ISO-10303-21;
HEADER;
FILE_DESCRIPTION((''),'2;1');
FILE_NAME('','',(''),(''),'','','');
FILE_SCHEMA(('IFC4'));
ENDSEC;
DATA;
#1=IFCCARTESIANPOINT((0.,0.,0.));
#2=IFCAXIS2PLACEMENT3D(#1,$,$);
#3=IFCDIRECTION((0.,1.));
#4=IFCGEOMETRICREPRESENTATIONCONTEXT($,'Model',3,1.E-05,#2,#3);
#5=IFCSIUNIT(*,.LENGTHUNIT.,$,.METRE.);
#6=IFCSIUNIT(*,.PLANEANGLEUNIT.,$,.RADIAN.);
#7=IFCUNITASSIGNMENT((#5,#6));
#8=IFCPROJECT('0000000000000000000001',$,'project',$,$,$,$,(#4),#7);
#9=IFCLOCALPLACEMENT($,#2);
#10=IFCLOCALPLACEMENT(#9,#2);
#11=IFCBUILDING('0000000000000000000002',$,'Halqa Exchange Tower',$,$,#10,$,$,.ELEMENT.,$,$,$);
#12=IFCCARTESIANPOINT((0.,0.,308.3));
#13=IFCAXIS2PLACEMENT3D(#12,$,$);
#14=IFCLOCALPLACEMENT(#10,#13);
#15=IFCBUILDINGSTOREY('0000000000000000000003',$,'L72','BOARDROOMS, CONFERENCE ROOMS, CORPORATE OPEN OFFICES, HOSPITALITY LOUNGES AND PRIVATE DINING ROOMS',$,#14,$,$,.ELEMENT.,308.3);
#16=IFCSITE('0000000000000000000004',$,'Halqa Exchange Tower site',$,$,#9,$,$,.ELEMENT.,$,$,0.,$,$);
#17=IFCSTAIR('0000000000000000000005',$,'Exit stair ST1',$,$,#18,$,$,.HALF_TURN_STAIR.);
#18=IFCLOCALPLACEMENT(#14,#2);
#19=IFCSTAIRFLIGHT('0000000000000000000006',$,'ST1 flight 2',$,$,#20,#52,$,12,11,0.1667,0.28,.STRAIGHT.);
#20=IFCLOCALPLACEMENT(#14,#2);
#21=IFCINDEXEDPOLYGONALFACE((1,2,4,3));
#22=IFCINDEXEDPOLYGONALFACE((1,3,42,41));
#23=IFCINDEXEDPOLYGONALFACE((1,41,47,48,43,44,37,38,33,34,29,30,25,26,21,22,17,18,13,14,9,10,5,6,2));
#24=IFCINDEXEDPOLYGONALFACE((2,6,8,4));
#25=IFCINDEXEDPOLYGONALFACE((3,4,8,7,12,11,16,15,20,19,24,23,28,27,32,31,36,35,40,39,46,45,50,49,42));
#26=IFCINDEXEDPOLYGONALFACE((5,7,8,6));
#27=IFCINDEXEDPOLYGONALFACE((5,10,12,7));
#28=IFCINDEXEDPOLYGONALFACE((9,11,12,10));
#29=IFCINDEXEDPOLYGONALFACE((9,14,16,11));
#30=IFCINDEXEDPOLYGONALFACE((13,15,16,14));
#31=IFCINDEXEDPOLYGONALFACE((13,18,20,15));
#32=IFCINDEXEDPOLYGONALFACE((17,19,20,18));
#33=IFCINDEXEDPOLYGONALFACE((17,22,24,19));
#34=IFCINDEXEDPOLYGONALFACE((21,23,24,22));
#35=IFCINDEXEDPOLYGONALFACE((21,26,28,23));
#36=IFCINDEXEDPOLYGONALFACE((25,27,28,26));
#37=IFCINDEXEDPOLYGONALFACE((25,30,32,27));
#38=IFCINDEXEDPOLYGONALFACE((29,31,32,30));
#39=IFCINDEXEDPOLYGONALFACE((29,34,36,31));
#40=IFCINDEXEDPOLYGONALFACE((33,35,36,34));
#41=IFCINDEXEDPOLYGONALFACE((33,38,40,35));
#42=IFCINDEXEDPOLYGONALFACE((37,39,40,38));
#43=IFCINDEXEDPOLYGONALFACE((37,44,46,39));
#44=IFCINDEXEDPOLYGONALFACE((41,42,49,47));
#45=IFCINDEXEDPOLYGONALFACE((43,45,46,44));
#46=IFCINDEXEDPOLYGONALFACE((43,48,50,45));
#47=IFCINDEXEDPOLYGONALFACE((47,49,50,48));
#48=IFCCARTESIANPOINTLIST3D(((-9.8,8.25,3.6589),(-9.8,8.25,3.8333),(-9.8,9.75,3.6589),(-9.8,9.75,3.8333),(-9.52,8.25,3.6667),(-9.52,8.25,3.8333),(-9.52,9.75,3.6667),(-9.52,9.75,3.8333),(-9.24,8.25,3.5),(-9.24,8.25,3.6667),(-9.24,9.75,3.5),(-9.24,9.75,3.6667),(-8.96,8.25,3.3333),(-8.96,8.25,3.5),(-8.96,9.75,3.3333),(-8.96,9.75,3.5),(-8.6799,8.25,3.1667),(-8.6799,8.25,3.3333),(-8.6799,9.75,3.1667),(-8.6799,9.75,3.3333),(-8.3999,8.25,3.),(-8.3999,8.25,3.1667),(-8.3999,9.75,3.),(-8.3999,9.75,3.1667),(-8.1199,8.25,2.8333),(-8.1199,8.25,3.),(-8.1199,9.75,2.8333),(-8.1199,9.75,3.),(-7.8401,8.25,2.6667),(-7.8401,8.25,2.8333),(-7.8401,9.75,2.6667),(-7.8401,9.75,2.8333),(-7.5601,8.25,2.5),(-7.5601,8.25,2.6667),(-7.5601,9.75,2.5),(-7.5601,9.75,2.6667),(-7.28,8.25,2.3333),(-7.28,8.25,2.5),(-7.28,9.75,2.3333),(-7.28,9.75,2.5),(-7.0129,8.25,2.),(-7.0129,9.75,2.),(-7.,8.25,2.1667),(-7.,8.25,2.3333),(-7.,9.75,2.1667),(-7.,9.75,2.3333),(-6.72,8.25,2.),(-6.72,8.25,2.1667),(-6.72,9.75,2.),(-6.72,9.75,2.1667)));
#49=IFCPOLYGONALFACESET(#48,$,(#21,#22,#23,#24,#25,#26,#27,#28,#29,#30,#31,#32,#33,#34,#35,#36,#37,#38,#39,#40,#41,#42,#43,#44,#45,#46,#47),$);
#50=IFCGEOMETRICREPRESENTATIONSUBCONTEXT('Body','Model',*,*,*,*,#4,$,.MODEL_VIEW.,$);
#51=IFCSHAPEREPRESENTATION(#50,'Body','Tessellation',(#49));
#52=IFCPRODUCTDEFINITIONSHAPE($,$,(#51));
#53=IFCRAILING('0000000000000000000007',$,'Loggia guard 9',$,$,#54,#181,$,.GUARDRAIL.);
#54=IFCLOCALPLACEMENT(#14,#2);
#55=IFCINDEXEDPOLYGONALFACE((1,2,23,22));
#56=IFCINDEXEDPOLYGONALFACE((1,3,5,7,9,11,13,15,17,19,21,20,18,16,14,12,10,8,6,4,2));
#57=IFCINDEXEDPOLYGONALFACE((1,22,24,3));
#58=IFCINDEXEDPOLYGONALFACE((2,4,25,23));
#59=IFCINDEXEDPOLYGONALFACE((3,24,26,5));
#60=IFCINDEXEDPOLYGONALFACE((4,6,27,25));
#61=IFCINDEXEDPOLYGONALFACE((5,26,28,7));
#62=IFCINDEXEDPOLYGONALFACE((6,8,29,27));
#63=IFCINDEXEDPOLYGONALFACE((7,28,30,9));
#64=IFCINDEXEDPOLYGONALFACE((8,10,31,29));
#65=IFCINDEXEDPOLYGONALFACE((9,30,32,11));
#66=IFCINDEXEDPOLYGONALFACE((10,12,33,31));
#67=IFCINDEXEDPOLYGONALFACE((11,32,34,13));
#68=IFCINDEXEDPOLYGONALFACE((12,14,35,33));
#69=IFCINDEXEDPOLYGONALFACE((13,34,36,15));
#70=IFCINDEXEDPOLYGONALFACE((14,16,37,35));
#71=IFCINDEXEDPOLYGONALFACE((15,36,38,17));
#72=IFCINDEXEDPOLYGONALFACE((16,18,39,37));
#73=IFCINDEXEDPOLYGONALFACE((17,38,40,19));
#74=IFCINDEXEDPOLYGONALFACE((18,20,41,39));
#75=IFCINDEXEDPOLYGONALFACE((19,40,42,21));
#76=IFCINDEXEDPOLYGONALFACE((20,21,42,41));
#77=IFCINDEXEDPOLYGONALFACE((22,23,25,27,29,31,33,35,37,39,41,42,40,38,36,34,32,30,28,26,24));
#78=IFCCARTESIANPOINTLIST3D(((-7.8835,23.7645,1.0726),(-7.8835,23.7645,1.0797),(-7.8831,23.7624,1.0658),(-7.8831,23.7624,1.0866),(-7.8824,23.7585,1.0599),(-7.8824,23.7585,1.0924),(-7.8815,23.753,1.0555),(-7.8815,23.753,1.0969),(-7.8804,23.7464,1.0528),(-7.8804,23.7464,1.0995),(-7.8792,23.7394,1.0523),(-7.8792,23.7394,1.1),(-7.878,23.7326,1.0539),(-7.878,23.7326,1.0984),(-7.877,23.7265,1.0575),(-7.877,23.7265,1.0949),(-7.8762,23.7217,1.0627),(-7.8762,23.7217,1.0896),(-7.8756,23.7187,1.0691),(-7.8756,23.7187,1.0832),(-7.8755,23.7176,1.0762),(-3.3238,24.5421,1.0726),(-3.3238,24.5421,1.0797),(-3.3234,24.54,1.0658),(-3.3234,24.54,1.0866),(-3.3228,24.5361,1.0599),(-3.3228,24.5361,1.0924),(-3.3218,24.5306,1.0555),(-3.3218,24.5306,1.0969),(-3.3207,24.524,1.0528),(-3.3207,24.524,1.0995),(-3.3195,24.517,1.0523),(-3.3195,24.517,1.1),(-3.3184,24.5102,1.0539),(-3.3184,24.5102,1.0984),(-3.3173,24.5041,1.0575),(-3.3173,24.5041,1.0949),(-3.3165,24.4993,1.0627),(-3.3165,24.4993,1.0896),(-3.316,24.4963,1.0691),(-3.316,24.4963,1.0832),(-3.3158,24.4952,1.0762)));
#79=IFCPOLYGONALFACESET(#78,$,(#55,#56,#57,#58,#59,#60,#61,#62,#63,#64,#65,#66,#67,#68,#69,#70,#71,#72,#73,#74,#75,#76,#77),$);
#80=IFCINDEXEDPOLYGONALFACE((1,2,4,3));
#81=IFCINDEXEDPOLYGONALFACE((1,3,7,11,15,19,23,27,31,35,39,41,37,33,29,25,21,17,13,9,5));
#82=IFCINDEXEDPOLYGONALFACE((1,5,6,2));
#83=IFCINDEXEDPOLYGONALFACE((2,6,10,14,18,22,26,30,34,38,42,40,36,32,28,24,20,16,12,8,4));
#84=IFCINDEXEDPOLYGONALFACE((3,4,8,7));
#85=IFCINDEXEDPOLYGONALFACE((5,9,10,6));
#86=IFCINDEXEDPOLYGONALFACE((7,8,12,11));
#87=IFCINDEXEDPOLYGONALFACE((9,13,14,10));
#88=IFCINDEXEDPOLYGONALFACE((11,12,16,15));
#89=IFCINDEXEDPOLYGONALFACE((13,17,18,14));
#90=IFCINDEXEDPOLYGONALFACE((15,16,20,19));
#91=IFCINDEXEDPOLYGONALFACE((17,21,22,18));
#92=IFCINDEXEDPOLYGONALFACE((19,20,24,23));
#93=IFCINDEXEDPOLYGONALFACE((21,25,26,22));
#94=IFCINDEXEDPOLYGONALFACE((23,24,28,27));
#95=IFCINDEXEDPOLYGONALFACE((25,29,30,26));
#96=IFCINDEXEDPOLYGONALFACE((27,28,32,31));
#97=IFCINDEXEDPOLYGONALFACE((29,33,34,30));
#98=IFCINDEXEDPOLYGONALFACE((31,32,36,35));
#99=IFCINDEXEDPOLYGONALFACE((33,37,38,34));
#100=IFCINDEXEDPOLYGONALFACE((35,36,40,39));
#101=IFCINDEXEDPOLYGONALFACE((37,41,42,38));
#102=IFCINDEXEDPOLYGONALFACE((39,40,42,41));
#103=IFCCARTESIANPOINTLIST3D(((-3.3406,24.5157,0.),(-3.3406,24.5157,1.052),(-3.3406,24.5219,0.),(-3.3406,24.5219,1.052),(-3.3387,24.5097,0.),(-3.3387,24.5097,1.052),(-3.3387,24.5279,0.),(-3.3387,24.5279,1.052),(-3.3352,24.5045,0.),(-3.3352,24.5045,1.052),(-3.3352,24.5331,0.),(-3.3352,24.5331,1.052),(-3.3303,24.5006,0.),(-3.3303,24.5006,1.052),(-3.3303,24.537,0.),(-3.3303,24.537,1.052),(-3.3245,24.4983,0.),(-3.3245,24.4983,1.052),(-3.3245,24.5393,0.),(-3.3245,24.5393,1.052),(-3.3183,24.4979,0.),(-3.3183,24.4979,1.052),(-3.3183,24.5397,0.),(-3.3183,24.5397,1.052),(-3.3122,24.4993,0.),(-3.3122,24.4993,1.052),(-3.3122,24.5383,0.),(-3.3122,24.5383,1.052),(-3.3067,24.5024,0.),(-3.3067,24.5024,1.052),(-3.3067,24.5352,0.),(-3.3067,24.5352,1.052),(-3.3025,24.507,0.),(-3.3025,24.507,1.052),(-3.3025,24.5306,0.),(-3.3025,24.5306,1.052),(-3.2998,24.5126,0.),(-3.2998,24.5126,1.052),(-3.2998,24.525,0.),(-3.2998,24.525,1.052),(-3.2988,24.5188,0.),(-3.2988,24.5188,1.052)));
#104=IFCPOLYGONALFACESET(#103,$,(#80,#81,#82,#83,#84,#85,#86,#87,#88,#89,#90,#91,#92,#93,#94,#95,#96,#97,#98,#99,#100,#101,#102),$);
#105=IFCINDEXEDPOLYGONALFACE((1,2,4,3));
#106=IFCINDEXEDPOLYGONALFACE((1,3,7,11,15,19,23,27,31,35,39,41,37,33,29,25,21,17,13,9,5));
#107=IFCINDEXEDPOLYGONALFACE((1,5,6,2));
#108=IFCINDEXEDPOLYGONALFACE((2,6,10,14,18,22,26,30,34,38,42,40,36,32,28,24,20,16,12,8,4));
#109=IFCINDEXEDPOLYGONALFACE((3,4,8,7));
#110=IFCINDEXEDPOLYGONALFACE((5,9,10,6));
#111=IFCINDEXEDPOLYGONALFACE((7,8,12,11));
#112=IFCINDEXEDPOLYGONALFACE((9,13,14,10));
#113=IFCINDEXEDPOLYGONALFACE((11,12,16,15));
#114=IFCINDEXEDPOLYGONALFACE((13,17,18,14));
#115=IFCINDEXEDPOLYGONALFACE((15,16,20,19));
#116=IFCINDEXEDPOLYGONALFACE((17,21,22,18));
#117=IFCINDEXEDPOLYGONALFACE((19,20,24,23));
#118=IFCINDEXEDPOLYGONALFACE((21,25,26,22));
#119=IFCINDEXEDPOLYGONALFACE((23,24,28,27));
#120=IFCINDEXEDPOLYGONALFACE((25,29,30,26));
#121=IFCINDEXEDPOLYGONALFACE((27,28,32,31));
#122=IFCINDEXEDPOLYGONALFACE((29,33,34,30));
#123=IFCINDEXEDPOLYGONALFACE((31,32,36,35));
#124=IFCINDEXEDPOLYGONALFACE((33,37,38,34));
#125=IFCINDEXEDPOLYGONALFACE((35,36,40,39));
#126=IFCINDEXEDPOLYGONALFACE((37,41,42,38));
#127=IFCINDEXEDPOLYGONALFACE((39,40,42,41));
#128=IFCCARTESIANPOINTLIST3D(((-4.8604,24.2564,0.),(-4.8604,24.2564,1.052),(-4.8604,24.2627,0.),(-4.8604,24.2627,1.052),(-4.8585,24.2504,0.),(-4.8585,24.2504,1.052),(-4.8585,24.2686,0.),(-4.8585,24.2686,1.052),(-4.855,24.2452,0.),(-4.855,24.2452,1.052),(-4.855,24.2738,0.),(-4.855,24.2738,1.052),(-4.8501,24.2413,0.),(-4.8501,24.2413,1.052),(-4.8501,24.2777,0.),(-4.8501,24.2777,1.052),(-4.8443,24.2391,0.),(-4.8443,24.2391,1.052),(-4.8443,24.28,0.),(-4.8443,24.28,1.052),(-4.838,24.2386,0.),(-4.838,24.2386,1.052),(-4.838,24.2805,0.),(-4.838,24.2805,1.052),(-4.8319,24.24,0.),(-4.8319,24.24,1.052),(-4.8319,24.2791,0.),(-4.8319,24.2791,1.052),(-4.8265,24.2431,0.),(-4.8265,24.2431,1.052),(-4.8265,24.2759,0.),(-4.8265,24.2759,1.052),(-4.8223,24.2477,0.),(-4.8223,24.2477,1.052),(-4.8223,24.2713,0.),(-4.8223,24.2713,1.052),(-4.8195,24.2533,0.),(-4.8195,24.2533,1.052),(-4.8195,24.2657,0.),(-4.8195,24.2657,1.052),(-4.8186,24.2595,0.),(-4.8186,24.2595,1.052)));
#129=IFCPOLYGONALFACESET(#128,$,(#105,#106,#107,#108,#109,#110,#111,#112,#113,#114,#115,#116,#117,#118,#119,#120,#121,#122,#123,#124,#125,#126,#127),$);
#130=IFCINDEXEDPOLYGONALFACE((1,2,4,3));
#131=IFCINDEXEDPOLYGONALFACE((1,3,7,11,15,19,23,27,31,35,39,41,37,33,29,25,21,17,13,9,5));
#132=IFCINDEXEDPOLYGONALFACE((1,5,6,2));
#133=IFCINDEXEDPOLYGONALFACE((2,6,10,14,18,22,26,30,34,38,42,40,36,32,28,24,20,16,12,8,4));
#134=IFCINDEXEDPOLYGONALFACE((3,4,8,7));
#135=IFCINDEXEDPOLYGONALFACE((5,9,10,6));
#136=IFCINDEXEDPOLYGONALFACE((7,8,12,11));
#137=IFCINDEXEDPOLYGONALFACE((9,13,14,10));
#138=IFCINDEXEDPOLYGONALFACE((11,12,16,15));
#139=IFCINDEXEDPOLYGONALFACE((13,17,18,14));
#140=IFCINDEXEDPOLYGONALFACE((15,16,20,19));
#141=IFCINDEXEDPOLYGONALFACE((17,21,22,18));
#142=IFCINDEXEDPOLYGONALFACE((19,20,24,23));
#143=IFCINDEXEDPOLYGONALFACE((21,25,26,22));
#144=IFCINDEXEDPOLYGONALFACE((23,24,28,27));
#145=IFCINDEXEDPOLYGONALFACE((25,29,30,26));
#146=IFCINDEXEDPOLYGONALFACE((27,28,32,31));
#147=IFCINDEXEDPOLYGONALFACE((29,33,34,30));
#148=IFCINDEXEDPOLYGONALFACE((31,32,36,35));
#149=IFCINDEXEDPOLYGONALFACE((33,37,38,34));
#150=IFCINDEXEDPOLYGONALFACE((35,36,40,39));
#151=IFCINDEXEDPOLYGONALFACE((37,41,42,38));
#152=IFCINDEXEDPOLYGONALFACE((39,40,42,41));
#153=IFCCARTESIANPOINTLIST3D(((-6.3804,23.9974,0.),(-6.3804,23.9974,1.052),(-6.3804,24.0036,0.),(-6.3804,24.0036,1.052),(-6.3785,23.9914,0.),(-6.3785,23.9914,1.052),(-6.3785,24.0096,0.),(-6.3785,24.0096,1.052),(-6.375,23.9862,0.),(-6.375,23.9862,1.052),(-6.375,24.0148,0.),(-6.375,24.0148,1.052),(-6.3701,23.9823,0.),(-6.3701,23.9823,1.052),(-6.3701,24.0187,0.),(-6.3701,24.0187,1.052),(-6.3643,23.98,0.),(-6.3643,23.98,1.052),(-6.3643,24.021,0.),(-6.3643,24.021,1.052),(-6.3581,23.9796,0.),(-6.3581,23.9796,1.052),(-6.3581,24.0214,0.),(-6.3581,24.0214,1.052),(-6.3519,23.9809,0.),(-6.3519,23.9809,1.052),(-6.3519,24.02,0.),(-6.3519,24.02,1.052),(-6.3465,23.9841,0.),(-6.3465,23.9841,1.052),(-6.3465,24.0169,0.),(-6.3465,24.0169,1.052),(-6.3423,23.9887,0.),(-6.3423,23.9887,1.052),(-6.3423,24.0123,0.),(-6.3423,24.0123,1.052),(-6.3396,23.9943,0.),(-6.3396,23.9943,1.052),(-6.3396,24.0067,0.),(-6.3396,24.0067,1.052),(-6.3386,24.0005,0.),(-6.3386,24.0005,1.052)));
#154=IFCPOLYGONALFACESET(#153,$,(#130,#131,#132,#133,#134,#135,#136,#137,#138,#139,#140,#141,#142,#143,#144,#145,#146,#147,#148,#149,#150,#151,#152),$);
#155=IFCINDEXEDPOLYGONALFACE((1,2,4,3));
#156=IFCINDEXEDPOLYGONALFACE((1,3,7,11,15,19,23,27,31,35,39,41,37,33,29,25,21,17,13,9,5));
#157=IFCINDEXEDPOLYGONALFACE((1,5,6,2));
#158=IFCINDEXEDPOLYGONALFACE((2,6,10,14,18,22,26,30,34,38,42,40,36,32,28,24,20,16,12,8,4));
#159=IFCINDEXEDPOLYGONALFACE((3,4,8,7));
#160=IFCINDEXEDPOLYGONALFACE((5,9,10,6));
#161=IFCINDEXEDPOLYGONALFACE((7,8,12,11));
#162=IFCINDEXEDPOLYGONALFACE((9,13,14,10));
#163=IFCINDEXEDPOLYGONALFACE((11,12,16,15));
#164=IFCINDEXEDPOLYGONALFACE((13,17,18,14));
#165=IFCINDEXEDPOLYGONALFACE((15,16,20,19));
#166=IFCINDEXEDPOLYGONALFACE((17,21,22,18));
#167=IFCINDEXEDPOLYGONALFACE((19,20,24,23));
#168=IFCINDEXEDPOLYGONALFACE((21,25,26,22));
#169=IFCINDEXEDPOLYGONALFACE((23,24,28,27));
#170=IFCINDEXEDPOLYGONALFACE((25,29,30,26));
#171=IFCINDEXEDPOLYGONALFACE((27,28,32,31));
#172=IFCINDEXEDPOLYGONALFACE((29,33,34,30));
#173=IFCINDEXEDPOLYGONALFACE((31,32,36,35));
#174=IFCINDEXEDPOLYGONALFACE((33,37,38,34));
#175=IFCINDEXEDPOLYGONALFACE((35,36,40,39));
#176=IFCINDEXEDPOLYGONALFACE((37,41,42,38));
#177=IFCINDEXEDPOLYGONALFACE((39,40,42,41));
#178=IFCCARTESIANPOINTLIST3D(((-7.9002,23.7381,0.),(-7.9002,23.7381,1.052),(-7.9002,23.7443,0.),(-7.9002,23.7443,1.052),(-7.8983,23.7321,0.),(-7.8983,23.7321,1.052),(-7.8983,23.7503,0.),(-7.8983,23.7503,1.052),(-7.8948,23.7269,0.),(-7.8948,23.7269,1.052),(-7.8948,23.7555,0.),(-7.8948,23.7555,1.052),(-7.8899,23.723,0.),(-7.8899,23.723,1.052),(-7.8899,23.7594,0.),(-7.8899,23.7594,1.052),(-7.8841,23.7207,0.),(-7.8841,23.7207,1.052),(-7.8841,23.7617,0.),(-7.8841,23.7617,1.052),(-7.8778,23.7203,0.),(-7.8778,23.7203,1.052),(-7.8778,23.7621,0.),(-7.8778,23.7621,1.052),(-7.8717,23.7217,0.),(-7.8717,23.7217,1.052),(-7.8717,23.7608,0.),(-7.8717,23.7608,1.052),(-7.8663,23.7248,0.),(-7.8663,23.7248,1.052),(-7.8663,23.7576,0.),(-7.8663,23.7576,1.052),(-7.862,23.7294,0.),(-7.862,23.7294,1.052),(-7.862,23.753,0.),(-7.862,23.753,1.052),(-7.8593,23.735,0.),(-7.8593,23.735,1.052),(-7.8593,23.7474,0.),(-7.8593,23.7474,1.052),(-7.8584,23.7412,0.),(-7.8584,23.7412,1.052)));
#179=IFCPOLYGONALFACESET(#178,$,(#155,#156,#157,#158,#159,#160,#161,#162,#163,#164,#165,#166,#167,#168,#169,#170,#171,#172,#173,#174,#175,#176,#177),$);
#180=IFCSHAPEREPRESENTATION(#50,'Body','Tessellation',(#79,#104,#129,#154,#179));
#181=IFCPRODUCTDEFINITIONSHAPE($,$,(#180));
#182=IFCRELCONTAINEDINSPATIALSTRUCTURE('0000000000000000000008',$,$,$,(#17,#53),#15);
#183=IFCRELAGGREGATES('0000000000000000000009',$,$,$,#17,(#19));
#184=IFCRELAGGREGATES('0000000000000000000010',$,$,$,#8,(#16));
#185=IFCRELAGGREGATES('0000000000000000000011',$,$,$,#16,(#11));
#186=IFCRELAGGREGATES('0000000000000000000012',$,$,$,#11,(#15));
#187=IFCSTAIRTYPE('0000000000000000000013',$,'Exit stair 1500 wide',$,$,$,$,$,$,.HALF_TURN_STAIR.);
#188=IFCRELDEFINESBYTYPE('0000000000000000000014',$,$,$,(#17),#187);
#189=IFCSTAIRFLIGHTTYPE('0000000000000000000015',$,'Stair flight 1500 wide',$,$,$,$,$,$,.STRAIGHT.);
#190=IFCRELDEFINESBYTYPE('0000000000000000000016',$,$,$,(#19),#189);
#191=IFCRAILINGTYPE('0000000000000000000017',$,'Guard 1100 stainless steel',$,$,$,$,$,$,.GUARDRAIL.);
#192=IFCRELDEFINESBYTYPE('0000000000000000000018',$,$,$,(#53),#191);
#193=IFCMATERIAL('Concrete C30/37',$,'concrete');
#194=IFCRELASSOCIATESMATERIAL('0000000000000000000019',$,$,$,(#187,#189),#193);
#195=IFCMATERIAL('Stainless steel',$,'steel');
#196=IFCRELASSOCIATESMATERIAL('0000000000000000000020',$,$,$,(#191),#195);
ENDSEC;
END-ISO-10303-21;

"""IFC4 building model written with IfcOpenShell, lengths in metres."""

from ifc_helpers import new_model, si_unit, direction, frame, origin, origin_2d, place, context, subcontext, project, spatial, polyline, circle, outline, extrude, material, type_object, element, aggregate, save


model = new_model("IFC4")

# Units and contexts
model_context = context("Model", 3, precision=1e-05, world=origin(), true_north=direction((0.0, 1.0)))
body_context = subcontext(model_context, "Body", "Model", "MODEL_VIEW")
ifc_project = project(units=[si_unit("LENGTHUNIT", "METRE"), si_unit("PLANEANGLEUNIT", "RADIAN")], contexts=[model_context])

# Site, building, storey
site_placement = place(None, origin())
site = spatial("IfcSite", under=ifc_project, at=site_placement, Name="Halqa Exchange Tower site", CompositionType="ELEMENT", RefElevation=0.0)
building_placement = place(site_placement, origin())
building = spatial("IfcBuilding", under=site, at=building_placement, Name="Halqa Exchange Tower", CompositionType="ELEMENT")
storey_placement = place(building_placement, frame((0.0, 0.0, 308.3)))
storey = spatial("IfcBuildingStorey", under=building, at=storey_placement, Name="L72", Description="BOARDROOMS, CONFERENCE ROOMS, CORPORATE OPEN OFFICES, HOSPITALITY LOUNGES AND PRIVATE DINING ROOMS", CompositionType="ELEMENT", Elevation=308.3)

# Shared definitions
ifc_material_1 = material(Name="Concrete C30/37", Category="concrete")

# Stair, stair flight
stair_type = type_object("IfcStairType", Name="Exit stair 1500 wide", PredefinedType="HALF_TURN_STAIR", material=ifc_material_1)
stair_placement = place(storey_placement, origin())
stair = element("IfcStair", 1, at=stair_placement, inside=storey, type_object=stair_type, Name="Exit stair ST1", PredefinedType="HALF_TURN_STAIR")
stair_flight_type = type_object("IfcStairFlightType", Name="Stair flight 1500 wide", PredefinedType="STRAIGHT", material=ifc_material_1)
stair_flight_placement = place(storey_placement, frame((-6.72, 9.0, 2.0), z_axis=(0.0, 0.0, 1.0), x_axis=(-1.0, 0.0, 0.0)))
stair_flight = element("IfcStairFlight", 2, at=stair_flight_placement, type_object=stair_flight_type, Name="ST1 flight 2", NumberOfRisers=12, NumberOfTreads=11, PredefinedType="STRAIGHT", RiserHeight=0.1667, TreadLength=0.28, context=body_context, shape_type="SweptSolid", body=[
    extrude(outline(polyline([(0.0, 0.0), (0.0, 0.1667), (0.28, 0.1667), (0.28, 0.3333), (0.5601, 0.3333), (0.5601, 0.5), (0.8401, 0.5), (0.8401, 0.6667), (1.1201, 0.6667), (1.1201, 0.8333), (1.3999, 0.8333), (1.3999, 1.0), (1.6799, 1.0), (1.6799, 1.1667), (1.96, 1.1667), (1.96, 1.3333), (2.24, 1.3333), (2.24, 1.5), (2.52, 1.5), (2.52, 1.6667), (2.8, 1.6667), (2.8, 1.8333), (3.0801, 1.8333), (3.0801, 2.0), (3.0801, 1.6589), (0.293, 0.0), (0.0, 0.0)])), frame((0.0, 0.75, 0.0), z_axis=(0.0, -1.0, 0.0), x_axis=(1.0, 0.0, 0.0)), (0.0, 0.0, 1.0), 1.5),
])
aggregate(stair, [stair_flight])

# Railing
ifc_material_2 = material(Name="Stainless steel", Category="steel")
railing_type_1 = type_object("IfcRailingType", Name="Guard 1100 stainless steel", PredefinedType="GUARDRAIL", material=ifc_material_2)
railing_1_placement = place(storey_placement, frame((-3.3198, 24.5188, 0.0)))
element("IfcRailing", 3, at=railing_1_placement, inside=storey, type_object=railing_type_1, Name="Loggia guard 9", PredefinedType="GUARDRAIL", context=body_context, shape_type="SweptSolid", body=[
    extrude(circle(Radius=0.0239, at=origin_2d()), frame((0.0, 0.0, 1.0762), z_axis=(-0.985768, -0.168113, 0.0), x_axis=(0.168113, -0.985768, 0.0)), (0.0, 0.0, 1.0), 4.6255),
    extrude(circle(Radius=0.021, at=origin_2d()), origin(), (0.0, 0.0, 1.0), 1.052),
    extrude(circle(Radius=0.021, at=origin_2d()), frame((-1.5198, -0.2593, 0.0)), (0.0, 0.0, 1.0), 1.052),
    extrude(circle(Radius=0.021, at=origin_2d()), frame((-3.0398, -0.5183, 0.0)), (0.0, 0.0, 1.0), 1.052),
    extrude(circle(Radius=0.021, at=origin_2d()), frame((-4.5596, -0.7776, 0.0)), (0.0, 0.0, 1.0), 1.052),
])

save(model, "model.ifc")
